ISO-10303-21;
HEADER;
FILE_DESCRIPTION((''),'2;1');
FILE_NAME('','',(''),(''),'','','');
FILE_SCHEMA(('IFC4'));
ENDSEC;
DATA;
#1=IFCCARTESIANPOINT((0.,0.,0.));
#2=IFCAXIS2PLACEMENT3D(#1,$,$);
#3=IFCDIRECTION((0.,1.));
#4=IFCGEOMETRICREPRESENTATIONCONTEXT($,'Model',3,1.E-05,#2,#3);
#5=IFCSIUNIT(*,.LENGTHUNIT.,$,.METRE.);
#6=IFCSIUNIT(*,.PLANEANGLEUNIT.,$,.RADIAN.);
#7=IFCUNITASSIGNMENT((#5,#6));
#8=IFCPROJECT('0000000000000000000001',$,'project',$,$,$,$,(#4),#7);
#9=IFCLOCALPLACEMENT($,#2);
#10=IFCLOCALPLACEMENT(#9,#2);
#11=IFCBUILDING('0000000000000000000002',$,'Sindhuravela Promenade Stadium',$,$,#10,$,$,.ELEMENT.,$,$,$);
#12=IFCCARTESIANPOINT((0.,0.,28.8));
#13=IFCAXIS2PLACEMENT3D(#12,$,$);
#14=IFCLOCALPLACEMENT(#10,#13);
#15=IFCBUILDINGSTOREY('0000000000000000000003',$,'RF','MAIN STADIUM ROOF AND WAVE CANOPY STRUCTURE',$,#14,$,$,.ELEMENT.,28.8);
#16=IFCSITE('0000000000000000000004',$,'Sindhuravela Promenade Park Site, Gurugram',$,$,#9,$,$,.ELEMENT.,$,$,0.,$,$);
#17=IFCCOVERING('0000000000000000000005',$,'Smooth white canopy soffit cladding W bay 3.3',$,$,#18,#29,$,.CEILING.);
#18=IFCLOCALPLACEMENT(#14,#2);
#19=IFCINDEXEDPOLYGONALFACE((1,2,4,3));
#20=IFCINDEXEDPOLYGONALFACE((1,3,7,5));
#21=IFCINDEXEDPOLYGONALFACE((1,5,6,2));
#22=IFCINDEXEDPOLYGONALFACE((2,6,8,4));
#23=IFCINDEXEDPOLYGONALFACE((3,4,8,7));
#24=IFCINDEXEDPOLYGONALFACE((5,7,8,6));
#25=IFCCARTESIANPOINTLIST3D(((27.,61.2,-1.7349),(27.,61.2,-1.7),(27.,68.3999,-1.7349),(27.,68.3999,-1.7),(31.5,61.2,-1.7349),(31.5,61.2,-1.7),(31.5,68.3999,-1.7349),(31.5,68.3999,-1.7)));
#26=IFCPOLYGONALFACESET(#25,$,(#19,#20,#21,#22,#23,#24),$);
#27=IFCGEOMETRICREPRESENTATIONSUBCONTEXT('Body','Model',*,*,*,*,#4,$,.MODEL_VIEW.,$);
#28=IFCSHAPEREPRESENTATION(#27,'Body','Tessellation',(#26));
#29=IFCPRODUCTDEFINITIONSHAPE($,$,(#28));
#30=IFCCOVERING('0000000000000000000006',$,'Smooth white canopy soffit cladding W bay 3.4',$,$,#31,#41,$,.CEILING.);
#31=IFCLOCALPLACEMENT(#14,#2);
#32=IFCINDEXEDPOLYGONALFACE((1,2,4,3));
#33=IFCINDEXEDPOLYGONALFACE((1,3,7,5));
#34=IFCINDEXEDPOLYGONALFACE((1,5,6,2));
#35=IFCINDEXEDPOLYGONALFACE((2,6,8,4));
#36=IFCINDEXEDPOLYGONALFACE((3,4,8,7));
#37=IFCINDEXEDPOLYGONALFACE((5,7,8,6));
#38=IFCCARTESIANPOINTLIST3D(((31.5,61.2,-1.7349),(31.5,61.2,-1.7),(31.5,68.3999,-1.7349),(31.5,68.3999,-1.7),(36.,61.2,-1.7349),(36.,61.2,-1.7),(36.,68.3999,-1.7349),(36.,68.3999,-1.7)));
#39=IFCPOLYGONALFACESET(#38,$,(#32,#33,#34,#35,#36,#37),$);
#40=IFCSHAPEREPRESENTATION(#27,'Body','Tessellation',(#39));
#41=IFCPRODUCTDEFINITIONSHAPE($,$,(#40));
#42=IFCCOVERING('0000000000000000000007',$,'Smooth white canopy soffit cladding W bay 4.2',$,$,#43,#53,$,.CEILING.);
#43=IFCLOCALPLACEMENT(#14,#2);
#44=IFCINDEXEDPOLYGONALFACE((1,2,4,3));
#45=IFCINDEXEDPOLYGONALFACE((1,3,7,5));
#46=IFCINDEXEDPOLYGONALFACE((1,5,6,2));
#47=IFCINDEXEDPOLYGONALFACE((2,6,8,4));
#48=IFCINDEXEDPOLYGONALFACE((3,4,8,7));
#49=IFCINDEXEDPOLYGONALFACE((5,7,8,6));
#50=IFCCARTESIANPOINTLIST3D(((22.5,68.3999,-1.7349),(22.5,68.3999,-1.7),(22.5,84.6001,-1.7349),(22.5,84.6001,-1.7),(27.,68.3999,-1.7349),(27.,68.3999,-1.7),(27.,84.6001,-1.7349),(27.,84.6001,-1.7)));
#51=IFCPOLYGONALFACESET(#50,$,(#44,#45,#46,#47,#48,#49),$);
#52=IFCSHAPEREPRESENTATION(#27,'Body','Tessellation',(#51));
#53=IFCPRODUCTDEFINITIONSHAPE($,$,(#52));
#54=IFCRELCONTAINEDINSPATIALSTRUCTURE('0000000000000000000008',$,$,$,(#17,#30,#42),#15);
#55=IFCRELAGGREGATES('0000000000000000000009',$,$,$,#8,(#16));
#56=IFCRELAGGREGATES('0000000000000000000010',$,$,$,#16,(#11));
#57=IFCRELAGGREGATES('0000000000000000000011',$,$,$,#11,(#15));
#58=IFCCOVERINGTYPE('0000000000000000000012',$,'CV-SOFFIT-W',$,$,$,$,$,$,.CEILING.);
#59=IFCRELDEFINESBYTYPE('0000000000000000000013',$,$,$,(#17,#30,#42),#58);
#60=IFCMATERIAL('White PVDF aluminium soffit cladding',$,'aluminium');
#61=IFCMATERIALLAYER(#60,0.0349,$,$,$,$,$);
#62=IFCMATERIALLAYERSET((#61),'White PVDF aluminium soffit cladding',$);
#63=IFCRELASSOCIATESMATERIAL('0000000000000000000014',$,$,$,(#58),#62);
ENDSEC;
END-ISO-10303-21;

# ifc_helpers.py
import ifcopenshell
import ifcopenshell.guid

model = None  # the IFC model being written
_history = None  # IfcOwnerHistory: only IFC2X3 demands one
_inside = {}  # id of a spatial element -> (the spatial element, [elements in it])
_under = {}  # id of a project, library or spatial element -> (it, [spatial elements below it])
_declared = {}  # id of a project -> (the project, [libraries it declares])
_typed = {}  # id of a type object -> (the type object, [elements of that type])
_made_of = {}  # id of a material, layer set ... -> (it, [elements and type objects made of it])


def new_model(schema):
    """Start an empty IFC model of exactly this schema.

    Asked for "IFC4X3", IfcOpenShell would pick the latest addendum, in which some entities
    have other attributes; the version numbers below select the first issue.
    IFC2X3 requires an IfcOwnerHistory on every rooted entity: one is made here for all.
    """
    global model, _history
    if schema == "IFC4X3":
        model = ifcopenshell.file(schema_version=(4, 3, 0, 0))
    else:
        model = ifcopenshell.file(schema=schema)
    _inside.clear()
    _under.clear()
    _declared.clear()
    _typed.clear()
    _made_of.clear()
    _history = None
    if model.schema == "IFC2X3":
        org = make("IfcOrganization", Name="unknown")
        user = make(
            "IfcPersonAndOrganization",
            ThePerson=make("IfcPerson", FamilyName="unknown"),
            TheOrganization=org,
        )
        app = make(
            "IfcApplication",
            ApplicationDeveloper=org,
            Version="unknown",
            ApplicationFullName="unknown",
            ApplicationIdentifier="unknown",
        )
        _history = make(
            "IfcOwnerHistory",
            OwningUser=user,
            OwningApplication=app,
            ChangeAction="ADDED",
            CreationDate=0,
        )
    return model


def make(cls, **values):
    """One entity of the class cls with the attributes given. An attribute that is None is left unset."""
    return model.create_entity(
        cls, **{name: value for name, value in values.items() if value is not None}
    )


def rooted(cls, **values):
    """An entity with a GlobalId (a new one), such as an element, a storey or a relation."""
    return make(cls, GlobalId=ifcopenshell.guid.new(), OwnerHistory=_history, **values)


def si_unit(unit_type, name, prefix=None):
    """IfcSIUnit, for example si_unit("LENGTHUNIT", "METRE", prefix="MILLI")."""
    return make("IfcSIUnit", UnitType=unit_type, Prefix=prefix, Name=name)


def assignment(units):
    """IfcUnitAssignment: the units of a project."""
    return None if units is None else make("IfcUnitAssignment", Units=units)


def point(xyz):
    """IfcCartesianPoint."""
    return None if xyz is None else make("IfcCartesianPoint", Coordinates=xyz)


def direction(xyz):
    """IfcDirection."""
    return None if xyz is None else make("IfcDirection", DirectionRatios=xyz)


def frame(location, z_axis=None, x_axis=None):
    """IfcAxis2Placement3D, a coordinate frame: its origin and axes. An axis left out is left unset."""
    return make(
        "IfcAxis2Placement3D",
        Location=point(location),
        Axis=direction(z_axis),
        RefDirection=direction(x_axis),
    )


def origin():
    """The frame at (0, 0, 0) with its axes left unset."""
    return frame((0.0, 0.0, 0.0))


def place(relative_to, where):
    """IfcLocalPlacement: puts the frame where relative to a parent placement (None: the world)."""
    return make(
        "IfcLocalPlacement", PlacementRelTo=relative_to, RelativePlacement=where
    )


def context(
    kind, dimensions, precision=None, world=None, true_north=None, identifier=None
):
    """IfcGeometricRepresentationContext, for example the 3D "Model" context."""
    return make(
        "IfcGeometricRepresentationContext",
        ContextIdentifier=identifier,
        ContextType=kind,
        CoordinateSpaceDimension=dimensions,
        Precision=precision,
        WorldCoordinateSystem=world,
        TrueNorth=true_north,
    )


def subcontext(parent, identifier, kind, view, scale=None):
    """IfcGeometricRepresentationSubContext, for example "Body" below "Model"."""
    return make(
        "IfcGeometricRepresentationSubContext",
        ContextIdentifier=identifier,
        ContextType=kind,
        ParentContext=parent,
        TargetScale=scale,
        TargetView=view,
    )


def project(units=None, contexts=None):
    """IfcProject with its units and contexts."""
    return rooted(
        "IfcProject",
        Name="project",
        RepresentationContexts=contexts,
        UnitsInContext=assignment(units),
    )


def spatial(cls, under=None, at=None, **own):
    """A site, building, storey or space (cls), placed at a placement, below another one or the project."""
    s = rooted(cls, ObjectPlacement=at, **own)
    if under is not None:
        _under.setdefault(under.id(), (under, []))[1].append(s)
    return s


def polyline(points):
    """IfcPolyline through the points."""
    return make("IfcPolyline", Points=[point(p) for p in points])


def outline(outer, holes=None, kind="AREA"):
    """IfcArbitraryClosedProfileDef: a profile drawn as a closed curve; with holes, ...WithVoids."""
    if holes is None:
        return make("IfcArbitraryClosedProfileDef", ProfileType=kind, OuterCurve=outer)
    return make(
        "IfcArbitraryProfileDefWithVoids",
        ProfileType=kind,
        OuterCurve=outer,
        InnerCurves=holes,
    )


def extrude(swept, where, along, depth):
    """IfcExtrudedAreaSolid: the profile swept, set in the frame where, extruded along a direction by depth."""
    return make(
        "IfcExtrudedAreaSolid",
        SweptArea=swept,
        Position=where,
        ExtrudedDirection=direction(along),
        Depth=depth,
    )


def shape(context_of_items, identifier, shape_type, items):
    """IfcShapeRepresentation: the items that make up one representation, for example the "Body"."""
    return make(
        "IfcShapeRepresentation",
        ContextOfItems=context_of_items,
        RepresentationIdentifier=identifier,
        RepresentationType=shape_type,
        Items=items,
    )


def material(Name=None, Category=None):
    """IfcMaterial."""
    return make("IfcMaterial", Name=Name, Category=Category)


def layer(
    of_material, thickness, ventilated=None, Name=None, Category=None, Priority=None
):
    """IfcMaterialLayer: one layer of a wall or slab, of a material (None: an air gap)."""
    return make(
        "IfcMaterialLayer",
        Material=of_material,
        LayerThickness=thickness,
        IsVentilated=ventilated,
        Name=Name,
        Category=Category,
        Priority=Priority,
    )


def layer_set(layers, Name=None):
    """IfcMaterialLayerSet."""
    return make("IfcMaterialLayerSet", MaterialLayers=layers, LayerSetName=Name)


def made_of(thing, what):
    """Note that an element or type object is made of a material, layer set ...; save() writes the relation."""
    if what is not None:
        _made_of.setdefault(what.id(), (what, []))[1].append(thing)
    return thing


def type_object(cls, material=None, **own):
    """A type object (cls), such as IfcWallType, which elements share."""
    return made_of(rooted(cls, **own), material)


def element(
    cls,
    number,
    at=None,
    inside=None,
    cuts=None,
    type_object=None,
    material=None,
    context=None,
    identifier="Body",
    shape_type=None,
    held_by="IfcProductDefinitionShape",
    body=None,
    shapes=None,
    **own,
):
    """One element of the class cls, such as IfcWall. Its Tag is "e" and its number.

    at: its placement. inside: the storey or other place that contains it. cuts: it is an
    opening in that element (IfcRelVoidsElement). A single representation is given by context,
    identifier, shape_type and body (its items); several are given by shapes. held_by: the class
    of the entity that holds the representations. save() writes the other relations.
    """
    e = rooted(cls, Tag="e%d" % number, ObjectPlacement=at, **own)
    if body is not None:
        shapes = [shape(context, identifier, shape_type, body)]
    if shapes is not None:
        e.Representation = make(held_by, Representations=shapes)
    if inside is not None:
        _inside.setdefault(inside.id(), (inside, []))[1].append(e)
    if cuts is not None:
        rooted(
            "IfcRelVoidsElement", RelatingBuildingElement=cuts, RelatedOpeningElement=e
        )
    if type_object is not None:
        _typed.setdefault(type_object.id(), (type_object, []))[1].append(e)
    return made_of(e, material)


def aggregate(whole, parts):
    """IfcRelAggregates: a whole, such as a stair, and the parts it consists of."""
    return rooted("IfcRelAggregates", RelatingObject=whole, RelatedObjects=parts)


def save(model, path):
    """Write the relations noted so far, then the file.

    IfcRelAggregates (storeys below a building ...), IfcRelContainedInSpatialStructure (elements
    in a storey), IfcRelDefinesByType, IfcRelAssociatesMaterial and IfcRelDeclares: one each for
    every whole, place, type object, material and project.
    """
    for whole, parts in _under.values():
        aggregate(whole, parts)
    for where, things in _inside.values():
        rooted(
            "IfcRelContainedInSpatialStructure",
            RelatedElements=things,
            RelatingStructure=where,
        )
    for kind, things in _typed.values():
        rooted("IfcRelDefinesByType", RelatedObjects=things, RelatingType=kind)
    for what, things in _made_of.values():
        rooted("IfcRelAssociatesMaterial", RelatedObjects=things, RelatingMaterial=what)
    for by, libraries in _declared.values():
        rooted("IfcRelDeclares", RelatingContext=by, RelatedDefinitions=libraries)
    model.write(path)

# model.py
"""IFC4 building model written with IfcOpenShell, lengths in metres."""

from ifc_helpers import new_model, si_unit, direction, frame, origin, place, context, subcontext, project, spatial, polyline, outline, extrude, material, layer, layer_set, type_object, element, save


model = new_model("IFC4")

# Units and contexts
model_context = context("Model", 3, precision=1e-05, world=origin(), true_north=direction((0.0, 1.0)))
body_context = subcontext(model_context, "Body", "Model", "MODEL_VIEW")
ifc_project = project(units=[si_unit("LENGTHUNIT", "METRE"), si_unit("PLANEANGLEUNIT", "RADIAN")], contexts=[model_context])

# Site, building, storey
site_placement = place(None, origin())
site = spatial("IfcSite", under=ifc_project, at=site_placement, Name="Sindhuravela Promenade Park Site, Gurugram", CompositionType="ELEMENT", RefElevation=0.0)
building_placement = place(site_placement, origin())
building = spatial("IfcBuilding", under=site, at=building_placement, Name="Sindhuravela Promenade Stadium", CompositionType="ELEMENT")
storey_placement = place(building_placement, frame((0.0, 0.0, 28.8)))
storey = spatial("IfcBuildingStorey", under=building, at=storey_placement, Name="RF", Description="MAIN STADIUM ROOF AND WAVE CANOPY STRUCTURE", CompositionType="ELEMENT", Elevation=28.8)

# Coverings
ifc_material_1 = material(Name="White PVDF aluminium soffit cladding", Category="aluminium")
ifc_layer_1 = layer(ifc_material_1, 0.0349)
ifc_layer_set_1 = layer_set([ifc_layer_1], Name="White PVDF aluminium soffit cladding")
covering_type_1 = type_object("IfcCoveringType", Name="CV-SOFFIT-W", PredefinedType="CEILING", material=ifc_layer_set_1)
for number, where, z_axis, x_axis, name in (
    (1, (27.0, 61.2, -1.7), (0.0, 0.0, 1.0), (0.0, 1.0, 0.0), "Smooth white canopy soffit cladding W bay 3.3"),
    (2, (31.5, 61.2, -1.7), (0.0, 0.0, 1.0), (0.0, 1.0, 0.0), "Smooth white canopy soffit cladding W bay 3.4"),
):
    element("IfcCovering", number, at=place(storey_placement, frame(where, z_axis=z_axis, x_axis=x_axis)), inside=storey, type_object=covering_type_1, Name=name, PredefinedType="CEILING", context=body_context, shape_type="SweptSolid", body=[
        extrude(outline(polyline([(0.0, 0.0), (0.0, -4.5), (7.2, -4.5), (7.2, 0.0), (0.0, 0.0)])), origin(), (0.0, 0.0, -1.0), 0.0349),
    ])
covering_1_placement = place(storey_placement, frame((22.5, 68.3999, -1.7), z_axis=(0.0, 0.0, 1.0), x_axis=(0.0, 1.0, 0.0)))
element("IfcCovering", 3, at=covering_1_placement, inside=storey, type_object=covering_type_1, Name="Smooth white canopy soffit cladding W bay 4.2", PredefinedType="CEILING", context=body_context, shape_type="SweptSolid", body=[
    extrude(outline(polyline([(0.0, 0.0), (0.0, -4.5), (16.2002, -4.5), (16.2002, 0.0), (0.0, 0.0)])), origin(), (0.0, 0.0, -1.0), 0.0349),
])

save(model, "model.ifc")
